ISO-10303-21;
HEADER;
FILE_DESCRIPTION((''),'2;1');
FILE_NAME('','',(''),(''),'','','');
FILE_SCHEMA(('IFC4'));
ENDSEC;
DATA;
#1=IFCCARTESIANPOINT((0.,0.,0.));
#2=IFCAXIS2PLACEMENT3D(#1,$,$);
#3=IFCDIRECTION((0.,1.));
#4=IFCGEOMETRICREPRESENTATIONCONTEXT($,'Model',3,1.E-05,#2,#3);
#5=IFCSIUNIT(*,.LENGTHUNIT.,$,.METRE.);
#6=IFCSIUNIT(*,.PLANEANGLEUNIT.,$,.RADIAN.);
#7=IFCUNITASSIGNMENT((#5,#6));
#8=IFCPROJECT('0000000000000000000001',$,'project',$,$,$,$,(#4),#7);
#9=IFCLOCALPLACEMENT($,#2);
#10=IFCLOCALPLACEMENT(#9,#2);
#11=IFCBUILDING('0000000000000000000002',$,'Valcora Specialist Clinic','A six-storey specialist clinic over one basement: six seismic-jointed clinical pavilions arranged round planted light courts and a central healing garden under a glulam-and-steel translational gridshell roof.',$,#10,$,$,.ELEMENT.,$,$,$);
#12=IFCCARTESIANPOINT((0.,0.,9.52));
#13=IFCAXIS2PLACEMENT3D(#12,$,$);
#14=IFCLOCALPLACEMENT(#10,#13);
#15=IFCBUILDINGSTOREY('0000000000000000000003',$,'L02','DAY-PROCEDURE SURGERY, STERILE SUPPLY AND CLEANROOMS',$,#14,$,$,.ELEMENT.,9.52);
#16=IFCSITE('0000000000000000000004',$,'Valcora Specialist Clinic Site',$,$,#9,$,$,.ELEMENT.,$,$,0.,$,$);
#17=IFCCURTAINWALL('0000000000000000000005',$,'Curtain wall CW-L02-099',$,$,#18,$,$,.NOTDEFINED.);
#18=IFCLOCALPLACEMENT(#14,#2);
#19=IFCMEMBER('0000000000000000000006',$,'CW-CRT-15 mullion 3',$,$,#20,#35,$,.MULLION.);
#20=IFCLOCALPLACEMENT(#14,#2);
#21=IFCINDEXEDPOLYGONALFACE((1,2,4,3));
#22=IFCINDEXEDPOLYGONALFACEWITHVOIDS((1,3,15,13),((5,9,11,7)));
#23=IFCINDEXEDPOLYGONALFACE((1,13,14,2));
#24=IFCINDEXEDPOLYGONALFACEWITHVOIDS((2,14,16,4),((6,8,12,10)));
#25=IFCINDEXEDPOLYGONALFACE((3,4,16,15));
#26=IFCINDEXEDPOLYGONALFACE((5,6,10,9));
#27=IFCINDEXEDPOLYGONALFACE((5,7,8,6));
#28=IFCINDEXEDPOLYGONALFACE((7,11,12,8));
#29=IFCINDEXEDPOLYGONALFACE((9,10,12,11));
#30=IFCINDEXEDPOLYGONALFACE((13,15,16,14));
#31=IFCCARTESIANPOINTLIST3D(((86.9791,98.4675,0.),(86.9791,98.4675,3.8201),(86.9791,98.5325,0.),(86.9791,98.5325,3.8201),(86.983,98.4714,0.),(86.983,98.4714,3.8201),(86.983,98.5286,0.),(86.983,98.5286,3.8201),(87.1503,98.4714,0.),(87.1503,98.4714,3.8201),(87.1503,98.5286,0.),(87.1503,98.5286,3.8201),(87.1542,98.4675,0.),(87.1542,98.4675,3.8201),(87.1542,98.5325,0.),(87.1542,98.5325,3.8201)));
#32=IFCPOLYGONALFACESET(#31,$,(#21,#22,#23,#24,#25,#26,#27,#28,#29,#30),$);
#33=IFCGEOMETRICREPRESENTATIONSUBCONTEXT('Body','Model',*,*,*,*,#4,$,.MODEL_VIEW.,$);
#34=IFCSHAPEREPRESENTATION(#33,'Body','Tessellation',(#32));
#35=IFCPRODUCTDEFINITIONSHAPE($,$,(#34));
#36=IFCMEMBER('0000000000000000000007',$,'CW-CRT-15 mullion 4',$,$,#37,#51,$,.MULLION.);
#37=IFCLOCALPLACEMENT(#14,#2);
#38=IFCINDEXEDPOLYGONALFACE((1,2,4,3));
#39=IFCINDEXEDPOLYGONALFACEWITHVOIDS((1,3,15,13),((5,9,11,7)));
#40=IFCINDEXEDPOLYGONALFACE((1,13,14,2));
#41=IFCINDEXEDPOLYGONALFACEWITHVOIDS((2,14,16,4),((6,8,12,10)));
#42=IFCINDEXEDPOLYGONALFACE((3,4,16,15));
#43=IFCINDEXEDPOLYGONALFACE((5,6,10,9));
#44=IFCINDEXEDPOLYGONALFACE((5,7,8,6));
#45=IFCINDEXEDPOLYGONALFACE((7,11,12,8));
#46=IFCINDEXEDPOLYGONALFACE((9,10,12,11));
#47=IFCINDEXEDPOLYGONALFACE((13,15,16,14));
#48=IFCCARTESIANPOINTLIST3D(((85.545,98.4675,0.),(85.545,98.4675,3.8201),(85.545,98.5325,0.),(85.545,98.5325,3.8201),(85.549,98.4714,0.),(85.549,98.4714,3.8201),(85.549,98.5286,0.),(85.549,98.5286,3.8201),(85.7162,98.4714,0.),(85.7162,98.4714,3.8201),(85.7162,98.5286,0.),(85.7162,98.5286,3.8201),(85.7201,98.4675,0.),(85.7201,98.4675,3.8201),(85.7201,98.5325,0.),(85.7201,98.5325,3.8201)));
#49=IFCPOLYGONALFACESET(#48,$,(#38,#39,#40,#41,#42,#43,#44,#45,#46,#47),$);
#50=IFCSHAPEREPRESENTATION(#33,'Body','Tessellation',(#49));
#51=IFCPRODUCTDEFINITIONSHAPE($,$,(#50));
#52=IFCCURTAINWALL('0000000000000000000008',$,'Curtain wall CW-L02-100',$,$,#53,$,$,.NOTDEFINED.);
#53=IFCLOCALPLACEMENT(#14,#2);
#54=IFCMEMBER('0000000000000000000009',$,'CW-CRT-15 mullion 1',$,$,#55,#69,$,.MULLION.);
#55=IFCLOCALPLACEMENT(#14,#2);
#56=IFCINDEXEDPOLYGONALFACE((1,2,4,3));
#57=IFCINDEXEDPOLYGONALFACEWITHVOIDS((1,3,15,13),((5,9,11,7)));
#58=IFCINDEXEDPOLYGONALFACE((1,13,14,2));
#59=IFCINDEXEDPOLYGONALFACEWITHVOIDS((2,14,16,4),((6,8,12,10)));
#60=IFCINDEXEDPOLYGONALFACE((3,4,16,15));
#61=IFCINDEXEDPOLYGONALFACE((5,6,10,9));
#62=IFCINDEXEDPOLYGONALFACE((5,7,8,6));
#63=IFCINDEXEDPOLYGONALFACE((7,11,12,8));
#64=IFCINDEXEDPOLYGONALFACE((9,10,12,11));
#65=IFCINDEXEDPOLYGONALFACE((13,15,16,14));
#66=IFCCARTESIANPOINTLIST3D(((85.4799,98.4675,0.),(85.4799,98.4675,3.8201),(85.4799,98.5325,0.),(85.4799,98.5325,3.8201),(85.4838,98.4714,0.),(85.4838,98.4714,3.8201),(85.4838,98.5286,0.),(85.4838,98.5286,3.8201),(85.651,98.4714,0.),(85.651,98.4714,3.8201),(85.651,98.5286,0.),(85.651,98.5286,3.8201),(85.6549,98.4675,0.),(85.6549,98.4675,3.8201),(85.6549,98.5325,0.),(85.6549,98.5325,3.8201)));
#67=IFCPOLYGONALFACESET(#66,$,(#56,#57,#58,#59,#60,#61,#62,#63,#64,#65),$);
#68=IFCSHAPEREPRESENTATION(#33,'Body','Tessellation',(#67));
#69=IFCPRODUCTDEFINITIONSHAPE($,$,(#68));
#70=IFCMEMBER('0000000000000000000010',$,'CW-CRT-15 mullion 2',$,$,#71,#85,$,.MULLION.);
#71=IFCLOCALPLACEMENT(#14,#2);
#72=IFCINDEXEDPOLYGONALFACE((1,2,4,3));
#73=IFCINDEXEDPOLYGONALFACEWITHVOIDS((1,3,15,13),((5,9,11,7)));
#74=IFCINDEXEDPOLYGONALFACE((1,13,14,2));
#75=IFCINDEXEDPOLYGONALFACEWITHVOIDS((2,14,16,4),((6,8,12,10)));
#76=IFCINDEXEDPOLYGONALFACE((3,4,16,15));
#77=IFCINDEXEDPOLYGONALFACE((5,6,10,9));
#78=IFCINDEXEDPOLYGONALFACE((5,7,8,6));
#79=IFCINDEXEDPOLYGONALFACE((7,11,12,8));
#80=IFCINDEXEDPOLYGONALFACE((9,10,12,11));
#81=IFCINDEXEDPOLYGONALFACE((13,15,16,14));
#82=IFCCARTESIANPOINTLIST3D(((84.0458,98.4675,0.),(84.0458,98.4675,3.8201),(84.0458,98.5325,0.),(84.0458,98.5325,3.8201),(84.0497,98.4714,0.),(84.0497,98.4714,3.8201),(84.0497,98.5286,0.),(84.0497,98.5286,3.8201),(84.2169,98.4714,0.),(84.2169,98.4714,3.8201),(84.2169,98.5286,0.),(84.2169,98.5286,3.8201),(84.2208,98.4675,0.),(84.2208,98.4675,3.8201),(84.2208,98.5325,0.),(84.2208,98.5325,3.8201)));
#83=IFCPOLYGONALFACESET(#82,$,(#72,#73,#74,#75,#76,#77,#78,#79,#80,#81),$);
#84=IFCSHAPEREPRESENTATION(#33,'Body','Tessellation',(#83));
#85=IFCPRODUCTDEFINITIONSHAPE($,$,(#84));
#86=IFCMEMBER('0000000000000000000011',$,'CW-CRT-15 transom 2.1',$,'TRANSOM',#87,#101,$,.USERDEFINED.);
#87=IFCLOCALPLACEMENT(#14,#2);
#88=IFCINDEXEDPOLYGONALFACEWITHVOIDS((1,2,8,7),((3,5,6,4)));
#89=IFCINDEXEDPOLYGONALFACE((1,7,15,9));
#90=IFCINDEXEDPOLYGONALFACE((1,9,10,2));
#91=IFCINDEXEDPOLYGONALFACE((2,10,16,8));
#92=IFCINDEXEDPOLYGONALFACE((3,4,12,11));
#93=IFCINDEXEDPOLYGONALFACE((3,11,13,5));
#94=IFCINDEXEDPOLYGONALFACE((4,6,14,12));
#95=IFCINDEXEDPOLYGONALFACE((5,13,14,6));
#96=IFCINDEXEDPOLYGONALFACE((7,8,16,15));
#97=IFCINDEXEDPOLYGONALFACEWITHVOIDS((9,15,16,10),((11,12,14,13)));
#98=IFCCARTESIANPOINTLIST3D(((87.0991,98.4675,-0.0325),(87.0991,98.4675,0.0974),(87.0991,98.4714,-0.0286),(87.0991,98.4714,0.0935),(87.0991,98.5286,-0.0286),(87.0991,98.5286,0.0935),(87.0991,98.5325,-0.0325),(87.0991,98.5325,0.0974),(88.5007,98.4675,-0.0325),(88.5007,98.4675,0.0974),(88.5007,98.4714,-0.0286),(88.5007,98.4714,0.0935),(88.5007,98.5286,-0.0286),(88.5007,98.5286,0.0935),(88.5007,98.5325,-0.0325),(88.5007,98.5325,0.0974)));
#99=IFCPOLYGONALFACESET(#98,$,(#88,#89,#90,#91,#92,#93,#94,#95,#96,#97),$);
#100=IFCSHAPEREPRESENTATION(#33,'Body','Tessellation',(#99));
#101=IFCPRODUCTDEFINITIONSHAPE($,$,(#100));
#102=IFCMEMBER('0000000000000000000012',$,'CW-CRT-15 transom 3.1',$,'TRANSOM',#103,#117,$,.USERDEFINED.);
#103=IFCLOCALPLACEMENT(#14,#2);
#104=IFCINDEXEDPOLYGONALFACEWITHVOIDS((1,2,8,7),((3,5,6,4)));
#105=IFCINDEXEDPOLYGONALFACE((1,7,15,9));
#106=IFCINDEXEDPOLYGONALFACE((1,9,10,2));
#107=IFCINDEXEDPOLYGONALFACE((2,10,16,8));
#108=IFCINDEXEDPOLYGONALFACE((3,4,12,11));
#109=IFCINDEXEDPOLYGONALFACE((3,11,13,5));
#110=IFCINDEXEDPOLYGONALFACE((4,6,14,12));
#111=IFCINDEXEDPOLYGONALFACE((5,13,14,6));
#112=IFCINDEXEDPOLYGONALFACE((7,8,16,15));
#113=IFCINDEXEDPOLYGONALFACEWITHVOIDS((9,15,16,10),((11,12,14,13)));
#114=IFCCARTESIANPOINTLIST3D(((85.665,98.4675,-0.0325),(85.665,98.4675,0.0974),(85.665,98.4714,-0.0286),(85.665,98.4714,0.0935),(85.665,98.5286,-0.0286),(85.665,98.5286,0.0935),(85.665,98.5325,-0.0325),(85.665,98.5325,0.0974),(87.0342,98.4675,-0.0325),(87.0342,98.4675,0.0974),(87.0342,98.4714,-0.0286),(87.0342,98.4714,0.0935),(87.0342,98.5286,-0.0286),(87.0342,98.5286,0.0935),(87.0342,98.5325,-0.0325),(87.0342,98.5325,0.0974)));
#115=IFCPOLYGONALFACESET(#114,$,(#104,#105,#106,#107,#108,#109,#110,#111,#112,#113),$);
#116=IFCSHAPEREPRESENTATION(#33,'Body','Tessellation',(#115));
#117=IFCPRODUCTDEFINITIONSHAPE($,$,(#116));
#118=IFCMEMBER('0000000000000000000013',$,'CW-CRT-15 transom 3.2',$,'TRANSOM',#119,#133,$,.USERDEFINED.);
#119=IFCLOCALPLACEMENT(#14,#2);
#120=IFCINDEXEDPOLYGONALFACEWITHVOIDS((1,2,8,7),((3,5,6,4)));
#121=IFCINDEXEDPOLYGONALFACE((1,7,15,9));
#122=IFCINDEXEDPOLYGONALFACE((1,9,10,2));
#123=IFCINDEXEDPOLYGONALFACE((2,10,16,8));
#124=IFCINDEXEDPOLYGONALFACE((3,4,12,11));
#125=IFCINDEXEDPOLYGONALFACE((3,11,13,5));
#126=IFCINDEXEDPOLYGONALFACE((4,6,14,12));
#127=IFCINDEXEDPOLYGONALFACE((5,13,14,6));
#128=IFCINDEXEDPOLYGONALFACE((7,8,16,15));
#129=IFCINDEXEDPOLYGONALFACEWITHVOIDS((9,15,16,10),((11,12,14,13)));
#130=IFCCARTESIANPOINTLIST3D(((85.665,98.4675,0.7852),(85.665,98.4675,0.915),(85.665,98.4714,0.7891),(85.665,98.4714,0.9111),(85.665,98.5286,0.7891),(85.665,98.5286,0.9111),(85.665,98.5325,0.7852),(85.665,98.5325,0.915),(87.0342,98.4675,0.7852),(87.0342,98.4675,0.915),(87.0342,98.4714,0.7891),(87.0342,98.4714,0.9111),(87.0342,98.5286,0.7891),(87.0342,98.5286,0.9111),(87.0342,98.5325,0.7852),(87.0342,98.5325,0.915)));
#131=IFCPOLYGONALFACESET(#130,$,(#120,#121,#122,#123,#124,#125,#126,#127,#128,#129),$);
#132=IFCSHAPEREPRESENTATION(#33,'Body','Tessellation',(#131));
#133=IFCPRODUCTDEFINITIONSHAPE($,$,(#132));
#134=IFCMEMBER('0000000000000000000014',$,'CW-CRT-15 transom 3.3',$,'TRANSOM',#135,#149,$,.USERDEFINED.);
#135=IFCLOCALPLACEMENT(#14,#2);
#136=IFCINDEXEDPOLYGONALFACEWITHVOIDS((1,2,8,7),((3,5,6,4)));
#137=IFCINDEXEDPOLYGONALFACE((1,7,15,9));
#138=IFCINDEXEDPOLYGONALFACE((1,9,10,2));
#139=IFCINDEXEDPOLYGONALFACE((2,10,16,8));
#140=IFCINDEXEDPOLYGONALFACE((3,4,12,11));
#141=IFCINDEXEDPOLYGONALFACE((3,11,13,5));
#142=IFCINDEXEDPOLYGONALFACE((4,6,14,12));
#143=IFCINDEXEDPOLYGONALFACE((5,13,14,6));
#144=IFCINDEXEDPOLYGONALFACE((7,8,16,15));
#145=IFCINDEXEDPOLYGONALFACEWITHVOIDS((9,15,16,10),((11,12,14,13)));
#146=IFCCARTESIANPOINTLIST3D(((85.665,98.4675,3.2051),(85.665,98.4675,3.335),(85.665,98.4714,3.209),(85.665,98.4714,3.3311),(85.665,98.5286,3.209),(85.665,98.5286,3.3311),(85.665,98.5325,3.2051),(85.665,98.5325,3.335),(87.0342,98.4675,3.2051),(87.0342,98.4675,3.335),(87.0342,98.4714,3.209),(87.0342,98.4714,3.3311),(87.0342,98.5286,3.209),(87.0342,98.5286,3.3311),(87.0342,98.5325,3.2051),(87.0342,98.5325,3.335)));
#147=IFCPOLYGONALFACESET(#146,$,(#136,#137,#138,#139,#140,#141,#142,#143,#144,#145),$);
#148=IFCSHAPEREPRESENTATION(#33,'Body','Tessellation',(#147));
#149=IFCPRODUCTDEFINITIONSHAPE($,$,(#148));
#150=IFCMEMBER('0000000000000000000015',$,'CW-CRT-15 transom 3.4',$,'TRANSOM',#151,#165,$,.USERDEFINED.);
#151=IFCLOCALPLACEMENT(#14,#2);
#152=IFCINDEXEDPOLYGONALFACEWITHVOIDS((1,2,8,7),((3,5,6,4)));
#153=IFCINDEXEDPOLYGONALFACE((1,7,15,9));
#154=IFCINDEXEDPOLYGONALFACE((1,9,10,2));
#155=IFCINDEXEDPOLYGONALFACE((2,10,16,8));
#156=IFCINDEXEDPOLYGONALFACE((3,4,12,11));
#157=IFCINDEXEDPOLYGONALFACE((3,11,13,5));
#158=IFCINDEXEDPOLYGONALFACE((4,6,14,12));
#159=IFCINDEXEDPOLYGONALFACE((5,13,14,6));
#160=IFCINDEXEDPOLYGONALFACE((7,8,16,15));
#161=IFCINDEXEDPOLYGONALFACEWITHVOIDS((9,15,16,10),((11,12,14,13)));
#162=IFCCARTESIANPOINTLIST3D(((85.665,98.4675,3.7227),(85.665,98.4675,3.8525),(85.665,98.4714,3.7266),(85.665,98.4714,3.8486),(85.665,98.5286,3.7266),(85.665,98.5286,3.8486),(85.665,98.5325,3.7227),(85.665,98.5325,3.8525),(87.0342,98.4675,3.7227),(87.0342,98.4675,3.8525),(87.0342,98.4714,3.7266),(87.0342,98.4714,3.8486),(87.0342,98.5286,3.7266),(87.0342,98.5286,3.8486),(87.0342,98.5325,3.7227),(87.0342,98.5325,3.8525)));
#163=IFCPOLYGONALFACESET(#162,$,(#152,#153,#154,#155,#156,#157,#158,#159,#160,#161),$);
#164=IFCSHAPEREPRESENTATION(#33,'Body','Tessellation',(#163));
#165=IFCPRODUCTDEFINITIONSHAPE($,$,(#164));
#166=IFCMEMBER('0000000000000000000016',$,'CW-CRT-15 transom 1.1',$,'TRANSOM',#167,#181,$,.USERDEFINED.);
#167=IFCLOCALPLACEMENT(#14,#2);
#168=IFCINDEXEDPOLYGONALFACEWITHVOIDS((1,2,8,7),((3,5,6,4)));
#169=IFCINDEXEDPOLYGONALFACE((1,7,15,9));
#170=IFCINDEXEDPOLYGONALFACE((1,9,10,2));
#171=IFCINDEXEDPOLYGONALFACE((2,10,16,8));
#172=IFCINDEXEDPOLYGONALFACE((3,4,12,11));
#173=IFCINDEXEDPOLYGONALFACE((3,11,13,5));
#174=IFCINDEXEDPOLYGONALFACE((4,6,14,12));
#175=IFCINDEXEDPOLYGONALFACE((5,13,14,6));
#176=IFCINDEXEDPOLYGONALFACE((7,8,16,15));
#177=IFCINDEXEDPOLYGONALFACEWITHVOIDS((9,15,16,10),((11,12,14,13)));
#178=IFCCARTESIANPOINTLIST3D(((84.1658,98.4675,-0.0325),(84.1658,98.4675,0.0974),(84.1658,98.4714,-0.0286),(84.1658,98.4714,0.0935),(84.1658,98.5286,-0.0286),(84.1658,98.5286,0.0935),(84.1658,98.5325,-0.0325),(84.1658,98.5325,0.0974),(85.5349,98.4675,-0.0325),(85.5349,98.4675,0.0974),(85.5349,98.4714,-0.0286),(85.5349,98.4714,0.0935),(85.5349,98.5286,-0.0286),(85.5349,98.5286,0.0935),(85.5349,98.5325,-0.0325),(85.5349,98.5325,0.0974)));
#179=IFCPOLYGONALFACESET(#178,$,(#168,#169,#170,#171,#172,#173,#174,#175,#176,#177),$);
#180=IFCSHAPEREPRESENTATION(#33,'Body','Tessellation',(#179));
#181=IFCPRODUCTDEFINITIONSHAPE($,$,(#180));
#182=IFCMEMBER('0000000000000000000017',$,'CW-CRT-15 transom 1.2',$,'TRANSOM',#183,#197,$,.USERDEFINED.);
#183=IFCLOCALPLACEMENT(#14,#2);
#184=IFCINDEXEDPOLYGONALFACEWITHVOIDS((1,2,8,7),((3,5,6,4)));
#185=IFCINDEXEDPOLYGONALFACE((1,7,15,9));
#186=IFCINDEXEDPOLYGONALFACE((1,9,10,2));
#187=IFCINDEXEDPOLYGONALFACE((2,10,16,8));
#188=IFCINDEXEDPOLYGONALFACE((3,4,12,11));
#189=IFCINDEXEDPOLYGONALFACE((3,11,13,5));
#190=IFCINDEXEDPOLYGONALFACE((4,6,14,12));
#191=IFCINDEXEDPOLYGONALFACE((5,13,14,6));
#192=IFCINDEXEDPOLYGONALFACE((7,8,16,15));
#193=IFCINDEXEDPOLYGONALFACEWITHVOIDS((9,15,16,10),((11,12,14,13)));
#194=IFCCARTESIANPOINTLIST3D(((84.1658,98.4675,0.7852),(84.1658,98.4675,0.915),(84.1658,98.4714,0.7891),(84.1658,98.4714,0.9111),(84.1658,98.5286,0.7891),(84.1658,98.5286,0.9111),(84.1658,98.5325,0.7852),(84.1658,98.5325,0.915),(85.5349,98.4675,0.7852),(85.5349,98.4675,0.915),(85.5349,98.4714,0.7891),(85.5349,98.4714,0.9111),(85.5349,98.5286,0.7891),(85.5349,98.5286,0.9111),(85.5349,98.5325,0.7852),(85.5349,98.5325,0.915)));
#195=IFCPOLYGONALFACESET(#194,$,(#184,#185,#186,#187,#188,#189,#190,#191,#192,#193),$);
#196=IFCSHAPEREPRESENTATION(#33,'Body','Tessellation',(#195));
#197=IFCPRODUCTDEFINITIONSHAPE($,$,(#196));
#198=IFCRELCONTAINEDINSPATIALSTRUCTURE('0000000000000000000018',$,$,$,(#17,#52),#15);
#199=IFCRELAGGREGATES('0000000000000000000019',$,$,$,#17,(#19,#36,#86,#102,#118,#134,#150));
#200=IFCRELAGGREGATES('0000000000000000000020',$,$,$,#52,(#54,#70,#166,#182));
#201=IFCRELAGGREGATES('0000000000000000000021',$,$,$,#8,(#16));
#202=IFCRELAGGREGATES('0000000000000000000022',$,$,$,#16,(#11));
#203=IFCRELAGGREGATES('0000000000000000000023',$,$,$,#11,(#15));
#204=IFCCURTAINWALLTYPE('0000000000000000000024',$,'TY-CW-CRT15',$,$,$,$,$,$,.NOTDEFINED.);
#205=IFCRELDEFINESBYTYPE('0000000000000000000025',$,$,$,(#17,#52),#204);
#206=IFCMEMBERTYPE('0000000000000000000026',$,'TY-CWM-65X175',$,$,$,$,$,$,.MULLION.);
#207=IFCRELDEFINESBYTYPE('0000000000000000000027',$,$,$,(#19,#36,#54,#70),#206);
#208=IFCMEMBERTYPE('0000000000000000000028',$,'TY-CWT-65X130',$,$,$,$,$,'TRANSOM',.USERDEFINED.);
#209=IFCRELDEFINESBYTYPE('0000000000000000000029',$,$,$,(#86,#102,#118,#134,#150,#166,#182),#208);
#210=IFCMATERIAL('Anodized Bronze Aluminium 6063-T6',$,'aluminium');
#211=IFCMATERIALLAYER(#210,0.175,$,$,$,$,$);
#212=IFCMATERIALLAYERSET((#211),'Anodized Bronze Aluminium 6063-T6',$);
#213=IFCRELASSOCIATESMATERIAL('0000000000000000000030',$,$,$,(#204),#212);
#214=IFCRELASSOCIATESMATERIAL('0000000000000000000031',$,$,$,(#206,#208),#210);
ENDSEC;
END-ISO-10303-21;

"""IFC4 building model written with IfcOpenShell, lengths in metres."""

from ifc_helpers import new_model, si_unit, direction, frame, origin, origin_2d, place, context, subcontext, project, spatial, hollow_rectangle, extrude, material, layer, layer_set, material_profile, profile_set, type_object, element, aggregate, save


model = new_model("IFC4")

# Units and contexts
model_context = context("Model", 3, precision=1e-05, world=origin(), true_north=direction((0.0, 1.0)))
body_context = subcontext(model_context, "Body", "Model", "MODEL_VIEW")
ifc_project = project(units=[si_unit("LENGTHUNIT", "METRE"), si_unit("PLANEANGLEUNIT", "RADIAN")], contexts=[model_context])

# Site, building, storey
site_placement = place(None, origin())
site = spatial("IfcSite", under=ifc_project, at=site_placement, Name="Valcora Specialist Clinic Site", CompositionType="ELEMENT", RefElevation=0.0)
building_placement = place(site_placement, origin())
building = spatial("IfcBuilding", under=site, at=building_placement, Name="Valcora Specialist Clinic", Description="A six-storey specialist clinic over one basement: six seismic-jointed clinical pavilions arranged round planted light courts and a central healing garden under a glulam-and-steel translational gridshell roof.", CompositionType="ELEMENT")
storey_placement = place(building_placement, frame((0.0, 0.0, 9.52)))
storey = spatial("IfcBuildingStorey", under=building, at=storey_placement, Name="L02", Description="DAY-PROCEDURE SURGERY, STERILE SUPPLY AND CLEANROOMS", CompositionType="ELEMENT", Elevation=9.52)

# Curtain walls, members
ifc_material_1 = material(Name="Anodized Bronze Aluminium 6063-T6", Category="aluminium")
ifc_layer_1 = layer(ifc_material_1, 0.175)
ifc_layer_set_1 = layer_set([ifc_layer_1], Name="Anodized Bronze Aluminium 6063-T6")
curtain_wall_type = type_object("IfcCurtainWallType", Name="TY-CW-CRT15", PredefinedType="NOTDEFINED", material=ifc_layer_set_1)
curtain_wall_1_placement = place(storey_placement, origin())
curtain_wall_1 = element("IfcCurtainWall", 1, at=curtain_wall_1_placement, inside=storey, type_object=curtain_wall_type, Name="Curtain wall CW-L02-099", PredefinedType="NOTDEFINED")
ifc_material_profile_1 = material_profile(ifc_material_1, hollow_rectangle(XDim=0.0649, YDim=0.175, WallThickness=0.0039, at=origin_2d()), Name="AL-MUL-65X175")
ifc_profile_set_1 = profile_set([ifc_material_profile_1], Name="Anodized Bronze Aluminium 6063-T6")
member_type_1 = type_object("IfcMemberType", Name="TY-CWM-65X175", PredefinedType="MULLION", material=ifc_profile_set_1)
member_1_placement = place(storey_placement, frame((87.0667, 98.5, 0.0), z_axis=(0.0, 0.0, 1.0), x_axis=(0.0, -1.0, 0.0)))
member_1 = element("IfcMember", 2, at=member_1_placement, type_object=member_type_1, Name="CW-CRT-15 mullion 3", PredefinedType="MULLION", context=body_context, shape_type="SweptSolid", body=[
    extrude(hollow_rectangle(XDim=0.0649, YDim=0.175, WallThickness=0.0039, at=origin_2d()), origin(), (0.0, 0.0, 1.0), 3.8201),
])
member_2_placement = place(storey_placement, frame((85.6326, 98.5, 0.0), z_axis=(0.0, 0.0, 1.0), x_axis=(0.0, -1.0, 0.0)))
member_2 = element("IfcMember", 3, at=member_2_placement, type_object=member_type_1, Name="CW-CRT-15 mullion 4", PredefinedType="MULLION", context=body_context, shape_type="SweptSolid", body=[
    extrude(hollow_rectangle(XDim=0.0649, YDim=0.175, WallThickness=0.0039, at=origin_2d()), origin(), (0.0, 0.0, 1.0), 3.8201),
])
curtain_wall_2_placement = place(storey_placement, origin())
curtain_wall_2 = element("IfcCurtainWall", 4, at=curtain_wall_2_placement, inside=storey, type_object=curtain_wall_type, Name="Curtain wall CW-L02-100", PredefinedType="NOTDEFINED")
member_3_placement = place(storey_placement, frame((85.5674, 98.5, 0.0), z_axis=(0.0, 0.0, 1.0), x_axis=(0.0, -1.0, 0.0)))
member_3 = element("IfcMember", 5, at=member_3_placement, type_object=member_type_1, Name="CW-CRT-15 mullion 1", PredefinedType="MULLION", context=body_context, shape_type="SweptSolid", body=[
    extrude(hollow_rectangle(XDim=0.0649, YDim=0.175, WallThickness=0.0039, at=origin_2d()), origin(), (0.0, 0.0, 1.0), 3.8201),
])
member_4_placement = place(storey_placement, frame((84.1333, 98.5, 0.0), z_axis=(0.0, 0.0, 1.0), x_axis=(0.0, -1.0, 0.0)))
member_4 = element("IfcMember", 6, at=member_4_placement, type_object=member_type_1, Name="CW-CRT-15 mullion 2", PredefinedType="MULLION", context=body_context, shape_type="SweptSolid", body=[
    extrude(hollow_rectangle(XDim=0.0649, YDim=0.175, WallThickness=0.0039, at=origin_2d()), origin(), (0.0, 0.0, 1.0), 3.8201),
])

# Members
ifc_material_profile_2 = material_profile(ifc_material_1, hollow_rectangle(XDim=0.0649, YDim=0.1299, WallThickness=0.0039, at=origin_2d()), Name="AL-TRN-65X130")
ifc_profile_set_2 = profile_set([ifc_material_profile_2], Name="Anodized Bronze Aluminium 6063-T6")
member_type_2 = type_object("IfcMemberType", Name="TY-CWT-65X130", ElementType="TRANSOM", PredefinedType="USERDEFINED", material=ifc_profile_set_2)
member_5_placement = place(storey_placement, frame((88.5007, 98.5, 0.0325), z_axis=(-1.0, 0.0, 0.0), x_axis=(0.0, -1.0, 0.0)))
member_5 = element("IfcMember", 7, at=member_5_placement, type_object=member_type_2, Name="CW-CRT-15 transom 2.1", ObjectType="TRANSOM", PredefinedType="USERDEFINED", context=body_context, shape_type="SweptSolid", body=[
    extrude(hollow_rectangle(XDim=0.0649, YDim=0.1299, WallThickness=0.0039, at=origin_2d()), origin(), (0.0, 0.0, 1.0), 1.4016),
])
member_6_placement = place(storey_placement, frame((87.0342, 98.5, 0.0325), z_axis=(-1.0, 0.0, 0.0), x_axis=(0.0, -1.0, 0.0)))
member_6 = element("IfcMember", 8, at=member_6_placement, type_object=member_type_2, Name="CW-CRT-15 transom 3.1", ObjectType="TRANSOM", PredefinedType="USERDEFINED", context=body_context, shape_type="SweptSolid", body=[
    extrude(hollow_rectangle(XDim=0.0649, YDim=0.1299, WallThickness=0.0039, at=origin_2d()), origin(), (0.0, 0.0, 1.0), 1.3691),
])
member_7_placement = place(storey_placement, frame((87.0342, 98.5, 0.8501), z_axis=(-1.0, 0.0, 0.0), x_axis=(0.0, -1.0, 0.0)))
member_7 = element("IfcMember", 9, at=member_7_placement, type_object=member_type_2, Name="CW-CRT-15 transom 3.2", ObjectType="TRANSOM", PredefinedType="USERDEFINED", context=body_context, shape_type="SweptSolid", body=[
    extrude(hollow_rectangle(XDim=0.0649, YDim=0.1299, WallThickness=0.0039, at=origin_2d()), origin(), (0.0, 0.0, 1.0), 1.3691),
])
member_8_placement = place(storey_placement, frame((87.0342, 98.5, 3.27), z_axis=(-1.0, 0.0, 0.0), x_axis=(0.0, -1.0, 0.0)))
member_8 = element("IfcMember", 10, at=member_8_placement, type_object=member_type_2, Name="CW-CRT-15 transom 3.3", ObjectType="TRANSOM", PredefinedType="USERDEFINED", context=body_context, shape_type="SweptSolid", body=[
    extrude(hollow_rectangle(XDim=0.0649, YDim=0.1299, WallThickness=0.0039, at=origin_2d()), origin(), (0.0, 0.0, 1.0), 1.3691),
])
member_9_placement = place(storey_placement, frame((87.0342, 98.5, 3.7876), z_axis=(-1.0, 0.0, 0.0), x_axis=(0.0, -1.0, 0.0)))
member_9 = element("IfcMember", 11, at=member_9_placement, type_object=member_type_2, Name="CW-CRT-15 transom 3.4", ObjectType="TRANSOM", PredefinedType="USERDEFINED", context=body_context, shape_type="SweptSolid", body=[
    extrude(hollow_rectangle(XDim=0.0649, YDim=0.1299, WallThickness=0.0039, at=origin_2d()), origin(), (0.0, 0.0, 1.0), 1.3691),
])
member_10_placement = place(storey_placement, frame((85.5349, 98.5, 0.0325), z_axis=(-1.0, 0.0, 0.0), x_axis=(0.0, -1.0, 0.0)))
member_10 = element("IfcMember", 12, at=member_10_placement, type_object=member_type_2, Name="CW-CRT-15 transom 1.1", ObjectType="TRANSOM", PredefinedType="USERDEFINED", context=body_context, shape_type="SweptSolid", body=[
    extrude(hollow_rectangle(XDim=0.0649, YDim=0.1299, WallThickness=0.0039, at=origin_2d()), origin(), (0.0, 0.0, 1.0), 1.3691),
])
member_11_placement = place(storey_placement, frame((85.5349, 98.5, 0.8501), z_axis=(-1.0, 0.0, 0.0), x_axis=(0.0, -1.0, 0.0)))
member_11 = element("IfcMember", 13, at=member_11_placement, type_object=member_type_2, Name="CW-CRT-15 transom 1.2", ObjectType="TRANSOM", PredefinedType="USERDEFINED", context=body_context, shape_type="SweptSolid", body=[
    extrude(hollow_rectangle(XDim=0.0649, YDim=0.1299, WallThickness=0.0039, at=origin_2d()), origin(), (0.0, 0.0, 1.0), 1.3691),
])

aggregate(curtain_wall_1, [member_1, member_2, member_5, member_6, member_7, member_8, member_9])
aggregate(curtain_wall_2, [member_3, member_4, member_10, member_11])

save(model, "model.ifc")
